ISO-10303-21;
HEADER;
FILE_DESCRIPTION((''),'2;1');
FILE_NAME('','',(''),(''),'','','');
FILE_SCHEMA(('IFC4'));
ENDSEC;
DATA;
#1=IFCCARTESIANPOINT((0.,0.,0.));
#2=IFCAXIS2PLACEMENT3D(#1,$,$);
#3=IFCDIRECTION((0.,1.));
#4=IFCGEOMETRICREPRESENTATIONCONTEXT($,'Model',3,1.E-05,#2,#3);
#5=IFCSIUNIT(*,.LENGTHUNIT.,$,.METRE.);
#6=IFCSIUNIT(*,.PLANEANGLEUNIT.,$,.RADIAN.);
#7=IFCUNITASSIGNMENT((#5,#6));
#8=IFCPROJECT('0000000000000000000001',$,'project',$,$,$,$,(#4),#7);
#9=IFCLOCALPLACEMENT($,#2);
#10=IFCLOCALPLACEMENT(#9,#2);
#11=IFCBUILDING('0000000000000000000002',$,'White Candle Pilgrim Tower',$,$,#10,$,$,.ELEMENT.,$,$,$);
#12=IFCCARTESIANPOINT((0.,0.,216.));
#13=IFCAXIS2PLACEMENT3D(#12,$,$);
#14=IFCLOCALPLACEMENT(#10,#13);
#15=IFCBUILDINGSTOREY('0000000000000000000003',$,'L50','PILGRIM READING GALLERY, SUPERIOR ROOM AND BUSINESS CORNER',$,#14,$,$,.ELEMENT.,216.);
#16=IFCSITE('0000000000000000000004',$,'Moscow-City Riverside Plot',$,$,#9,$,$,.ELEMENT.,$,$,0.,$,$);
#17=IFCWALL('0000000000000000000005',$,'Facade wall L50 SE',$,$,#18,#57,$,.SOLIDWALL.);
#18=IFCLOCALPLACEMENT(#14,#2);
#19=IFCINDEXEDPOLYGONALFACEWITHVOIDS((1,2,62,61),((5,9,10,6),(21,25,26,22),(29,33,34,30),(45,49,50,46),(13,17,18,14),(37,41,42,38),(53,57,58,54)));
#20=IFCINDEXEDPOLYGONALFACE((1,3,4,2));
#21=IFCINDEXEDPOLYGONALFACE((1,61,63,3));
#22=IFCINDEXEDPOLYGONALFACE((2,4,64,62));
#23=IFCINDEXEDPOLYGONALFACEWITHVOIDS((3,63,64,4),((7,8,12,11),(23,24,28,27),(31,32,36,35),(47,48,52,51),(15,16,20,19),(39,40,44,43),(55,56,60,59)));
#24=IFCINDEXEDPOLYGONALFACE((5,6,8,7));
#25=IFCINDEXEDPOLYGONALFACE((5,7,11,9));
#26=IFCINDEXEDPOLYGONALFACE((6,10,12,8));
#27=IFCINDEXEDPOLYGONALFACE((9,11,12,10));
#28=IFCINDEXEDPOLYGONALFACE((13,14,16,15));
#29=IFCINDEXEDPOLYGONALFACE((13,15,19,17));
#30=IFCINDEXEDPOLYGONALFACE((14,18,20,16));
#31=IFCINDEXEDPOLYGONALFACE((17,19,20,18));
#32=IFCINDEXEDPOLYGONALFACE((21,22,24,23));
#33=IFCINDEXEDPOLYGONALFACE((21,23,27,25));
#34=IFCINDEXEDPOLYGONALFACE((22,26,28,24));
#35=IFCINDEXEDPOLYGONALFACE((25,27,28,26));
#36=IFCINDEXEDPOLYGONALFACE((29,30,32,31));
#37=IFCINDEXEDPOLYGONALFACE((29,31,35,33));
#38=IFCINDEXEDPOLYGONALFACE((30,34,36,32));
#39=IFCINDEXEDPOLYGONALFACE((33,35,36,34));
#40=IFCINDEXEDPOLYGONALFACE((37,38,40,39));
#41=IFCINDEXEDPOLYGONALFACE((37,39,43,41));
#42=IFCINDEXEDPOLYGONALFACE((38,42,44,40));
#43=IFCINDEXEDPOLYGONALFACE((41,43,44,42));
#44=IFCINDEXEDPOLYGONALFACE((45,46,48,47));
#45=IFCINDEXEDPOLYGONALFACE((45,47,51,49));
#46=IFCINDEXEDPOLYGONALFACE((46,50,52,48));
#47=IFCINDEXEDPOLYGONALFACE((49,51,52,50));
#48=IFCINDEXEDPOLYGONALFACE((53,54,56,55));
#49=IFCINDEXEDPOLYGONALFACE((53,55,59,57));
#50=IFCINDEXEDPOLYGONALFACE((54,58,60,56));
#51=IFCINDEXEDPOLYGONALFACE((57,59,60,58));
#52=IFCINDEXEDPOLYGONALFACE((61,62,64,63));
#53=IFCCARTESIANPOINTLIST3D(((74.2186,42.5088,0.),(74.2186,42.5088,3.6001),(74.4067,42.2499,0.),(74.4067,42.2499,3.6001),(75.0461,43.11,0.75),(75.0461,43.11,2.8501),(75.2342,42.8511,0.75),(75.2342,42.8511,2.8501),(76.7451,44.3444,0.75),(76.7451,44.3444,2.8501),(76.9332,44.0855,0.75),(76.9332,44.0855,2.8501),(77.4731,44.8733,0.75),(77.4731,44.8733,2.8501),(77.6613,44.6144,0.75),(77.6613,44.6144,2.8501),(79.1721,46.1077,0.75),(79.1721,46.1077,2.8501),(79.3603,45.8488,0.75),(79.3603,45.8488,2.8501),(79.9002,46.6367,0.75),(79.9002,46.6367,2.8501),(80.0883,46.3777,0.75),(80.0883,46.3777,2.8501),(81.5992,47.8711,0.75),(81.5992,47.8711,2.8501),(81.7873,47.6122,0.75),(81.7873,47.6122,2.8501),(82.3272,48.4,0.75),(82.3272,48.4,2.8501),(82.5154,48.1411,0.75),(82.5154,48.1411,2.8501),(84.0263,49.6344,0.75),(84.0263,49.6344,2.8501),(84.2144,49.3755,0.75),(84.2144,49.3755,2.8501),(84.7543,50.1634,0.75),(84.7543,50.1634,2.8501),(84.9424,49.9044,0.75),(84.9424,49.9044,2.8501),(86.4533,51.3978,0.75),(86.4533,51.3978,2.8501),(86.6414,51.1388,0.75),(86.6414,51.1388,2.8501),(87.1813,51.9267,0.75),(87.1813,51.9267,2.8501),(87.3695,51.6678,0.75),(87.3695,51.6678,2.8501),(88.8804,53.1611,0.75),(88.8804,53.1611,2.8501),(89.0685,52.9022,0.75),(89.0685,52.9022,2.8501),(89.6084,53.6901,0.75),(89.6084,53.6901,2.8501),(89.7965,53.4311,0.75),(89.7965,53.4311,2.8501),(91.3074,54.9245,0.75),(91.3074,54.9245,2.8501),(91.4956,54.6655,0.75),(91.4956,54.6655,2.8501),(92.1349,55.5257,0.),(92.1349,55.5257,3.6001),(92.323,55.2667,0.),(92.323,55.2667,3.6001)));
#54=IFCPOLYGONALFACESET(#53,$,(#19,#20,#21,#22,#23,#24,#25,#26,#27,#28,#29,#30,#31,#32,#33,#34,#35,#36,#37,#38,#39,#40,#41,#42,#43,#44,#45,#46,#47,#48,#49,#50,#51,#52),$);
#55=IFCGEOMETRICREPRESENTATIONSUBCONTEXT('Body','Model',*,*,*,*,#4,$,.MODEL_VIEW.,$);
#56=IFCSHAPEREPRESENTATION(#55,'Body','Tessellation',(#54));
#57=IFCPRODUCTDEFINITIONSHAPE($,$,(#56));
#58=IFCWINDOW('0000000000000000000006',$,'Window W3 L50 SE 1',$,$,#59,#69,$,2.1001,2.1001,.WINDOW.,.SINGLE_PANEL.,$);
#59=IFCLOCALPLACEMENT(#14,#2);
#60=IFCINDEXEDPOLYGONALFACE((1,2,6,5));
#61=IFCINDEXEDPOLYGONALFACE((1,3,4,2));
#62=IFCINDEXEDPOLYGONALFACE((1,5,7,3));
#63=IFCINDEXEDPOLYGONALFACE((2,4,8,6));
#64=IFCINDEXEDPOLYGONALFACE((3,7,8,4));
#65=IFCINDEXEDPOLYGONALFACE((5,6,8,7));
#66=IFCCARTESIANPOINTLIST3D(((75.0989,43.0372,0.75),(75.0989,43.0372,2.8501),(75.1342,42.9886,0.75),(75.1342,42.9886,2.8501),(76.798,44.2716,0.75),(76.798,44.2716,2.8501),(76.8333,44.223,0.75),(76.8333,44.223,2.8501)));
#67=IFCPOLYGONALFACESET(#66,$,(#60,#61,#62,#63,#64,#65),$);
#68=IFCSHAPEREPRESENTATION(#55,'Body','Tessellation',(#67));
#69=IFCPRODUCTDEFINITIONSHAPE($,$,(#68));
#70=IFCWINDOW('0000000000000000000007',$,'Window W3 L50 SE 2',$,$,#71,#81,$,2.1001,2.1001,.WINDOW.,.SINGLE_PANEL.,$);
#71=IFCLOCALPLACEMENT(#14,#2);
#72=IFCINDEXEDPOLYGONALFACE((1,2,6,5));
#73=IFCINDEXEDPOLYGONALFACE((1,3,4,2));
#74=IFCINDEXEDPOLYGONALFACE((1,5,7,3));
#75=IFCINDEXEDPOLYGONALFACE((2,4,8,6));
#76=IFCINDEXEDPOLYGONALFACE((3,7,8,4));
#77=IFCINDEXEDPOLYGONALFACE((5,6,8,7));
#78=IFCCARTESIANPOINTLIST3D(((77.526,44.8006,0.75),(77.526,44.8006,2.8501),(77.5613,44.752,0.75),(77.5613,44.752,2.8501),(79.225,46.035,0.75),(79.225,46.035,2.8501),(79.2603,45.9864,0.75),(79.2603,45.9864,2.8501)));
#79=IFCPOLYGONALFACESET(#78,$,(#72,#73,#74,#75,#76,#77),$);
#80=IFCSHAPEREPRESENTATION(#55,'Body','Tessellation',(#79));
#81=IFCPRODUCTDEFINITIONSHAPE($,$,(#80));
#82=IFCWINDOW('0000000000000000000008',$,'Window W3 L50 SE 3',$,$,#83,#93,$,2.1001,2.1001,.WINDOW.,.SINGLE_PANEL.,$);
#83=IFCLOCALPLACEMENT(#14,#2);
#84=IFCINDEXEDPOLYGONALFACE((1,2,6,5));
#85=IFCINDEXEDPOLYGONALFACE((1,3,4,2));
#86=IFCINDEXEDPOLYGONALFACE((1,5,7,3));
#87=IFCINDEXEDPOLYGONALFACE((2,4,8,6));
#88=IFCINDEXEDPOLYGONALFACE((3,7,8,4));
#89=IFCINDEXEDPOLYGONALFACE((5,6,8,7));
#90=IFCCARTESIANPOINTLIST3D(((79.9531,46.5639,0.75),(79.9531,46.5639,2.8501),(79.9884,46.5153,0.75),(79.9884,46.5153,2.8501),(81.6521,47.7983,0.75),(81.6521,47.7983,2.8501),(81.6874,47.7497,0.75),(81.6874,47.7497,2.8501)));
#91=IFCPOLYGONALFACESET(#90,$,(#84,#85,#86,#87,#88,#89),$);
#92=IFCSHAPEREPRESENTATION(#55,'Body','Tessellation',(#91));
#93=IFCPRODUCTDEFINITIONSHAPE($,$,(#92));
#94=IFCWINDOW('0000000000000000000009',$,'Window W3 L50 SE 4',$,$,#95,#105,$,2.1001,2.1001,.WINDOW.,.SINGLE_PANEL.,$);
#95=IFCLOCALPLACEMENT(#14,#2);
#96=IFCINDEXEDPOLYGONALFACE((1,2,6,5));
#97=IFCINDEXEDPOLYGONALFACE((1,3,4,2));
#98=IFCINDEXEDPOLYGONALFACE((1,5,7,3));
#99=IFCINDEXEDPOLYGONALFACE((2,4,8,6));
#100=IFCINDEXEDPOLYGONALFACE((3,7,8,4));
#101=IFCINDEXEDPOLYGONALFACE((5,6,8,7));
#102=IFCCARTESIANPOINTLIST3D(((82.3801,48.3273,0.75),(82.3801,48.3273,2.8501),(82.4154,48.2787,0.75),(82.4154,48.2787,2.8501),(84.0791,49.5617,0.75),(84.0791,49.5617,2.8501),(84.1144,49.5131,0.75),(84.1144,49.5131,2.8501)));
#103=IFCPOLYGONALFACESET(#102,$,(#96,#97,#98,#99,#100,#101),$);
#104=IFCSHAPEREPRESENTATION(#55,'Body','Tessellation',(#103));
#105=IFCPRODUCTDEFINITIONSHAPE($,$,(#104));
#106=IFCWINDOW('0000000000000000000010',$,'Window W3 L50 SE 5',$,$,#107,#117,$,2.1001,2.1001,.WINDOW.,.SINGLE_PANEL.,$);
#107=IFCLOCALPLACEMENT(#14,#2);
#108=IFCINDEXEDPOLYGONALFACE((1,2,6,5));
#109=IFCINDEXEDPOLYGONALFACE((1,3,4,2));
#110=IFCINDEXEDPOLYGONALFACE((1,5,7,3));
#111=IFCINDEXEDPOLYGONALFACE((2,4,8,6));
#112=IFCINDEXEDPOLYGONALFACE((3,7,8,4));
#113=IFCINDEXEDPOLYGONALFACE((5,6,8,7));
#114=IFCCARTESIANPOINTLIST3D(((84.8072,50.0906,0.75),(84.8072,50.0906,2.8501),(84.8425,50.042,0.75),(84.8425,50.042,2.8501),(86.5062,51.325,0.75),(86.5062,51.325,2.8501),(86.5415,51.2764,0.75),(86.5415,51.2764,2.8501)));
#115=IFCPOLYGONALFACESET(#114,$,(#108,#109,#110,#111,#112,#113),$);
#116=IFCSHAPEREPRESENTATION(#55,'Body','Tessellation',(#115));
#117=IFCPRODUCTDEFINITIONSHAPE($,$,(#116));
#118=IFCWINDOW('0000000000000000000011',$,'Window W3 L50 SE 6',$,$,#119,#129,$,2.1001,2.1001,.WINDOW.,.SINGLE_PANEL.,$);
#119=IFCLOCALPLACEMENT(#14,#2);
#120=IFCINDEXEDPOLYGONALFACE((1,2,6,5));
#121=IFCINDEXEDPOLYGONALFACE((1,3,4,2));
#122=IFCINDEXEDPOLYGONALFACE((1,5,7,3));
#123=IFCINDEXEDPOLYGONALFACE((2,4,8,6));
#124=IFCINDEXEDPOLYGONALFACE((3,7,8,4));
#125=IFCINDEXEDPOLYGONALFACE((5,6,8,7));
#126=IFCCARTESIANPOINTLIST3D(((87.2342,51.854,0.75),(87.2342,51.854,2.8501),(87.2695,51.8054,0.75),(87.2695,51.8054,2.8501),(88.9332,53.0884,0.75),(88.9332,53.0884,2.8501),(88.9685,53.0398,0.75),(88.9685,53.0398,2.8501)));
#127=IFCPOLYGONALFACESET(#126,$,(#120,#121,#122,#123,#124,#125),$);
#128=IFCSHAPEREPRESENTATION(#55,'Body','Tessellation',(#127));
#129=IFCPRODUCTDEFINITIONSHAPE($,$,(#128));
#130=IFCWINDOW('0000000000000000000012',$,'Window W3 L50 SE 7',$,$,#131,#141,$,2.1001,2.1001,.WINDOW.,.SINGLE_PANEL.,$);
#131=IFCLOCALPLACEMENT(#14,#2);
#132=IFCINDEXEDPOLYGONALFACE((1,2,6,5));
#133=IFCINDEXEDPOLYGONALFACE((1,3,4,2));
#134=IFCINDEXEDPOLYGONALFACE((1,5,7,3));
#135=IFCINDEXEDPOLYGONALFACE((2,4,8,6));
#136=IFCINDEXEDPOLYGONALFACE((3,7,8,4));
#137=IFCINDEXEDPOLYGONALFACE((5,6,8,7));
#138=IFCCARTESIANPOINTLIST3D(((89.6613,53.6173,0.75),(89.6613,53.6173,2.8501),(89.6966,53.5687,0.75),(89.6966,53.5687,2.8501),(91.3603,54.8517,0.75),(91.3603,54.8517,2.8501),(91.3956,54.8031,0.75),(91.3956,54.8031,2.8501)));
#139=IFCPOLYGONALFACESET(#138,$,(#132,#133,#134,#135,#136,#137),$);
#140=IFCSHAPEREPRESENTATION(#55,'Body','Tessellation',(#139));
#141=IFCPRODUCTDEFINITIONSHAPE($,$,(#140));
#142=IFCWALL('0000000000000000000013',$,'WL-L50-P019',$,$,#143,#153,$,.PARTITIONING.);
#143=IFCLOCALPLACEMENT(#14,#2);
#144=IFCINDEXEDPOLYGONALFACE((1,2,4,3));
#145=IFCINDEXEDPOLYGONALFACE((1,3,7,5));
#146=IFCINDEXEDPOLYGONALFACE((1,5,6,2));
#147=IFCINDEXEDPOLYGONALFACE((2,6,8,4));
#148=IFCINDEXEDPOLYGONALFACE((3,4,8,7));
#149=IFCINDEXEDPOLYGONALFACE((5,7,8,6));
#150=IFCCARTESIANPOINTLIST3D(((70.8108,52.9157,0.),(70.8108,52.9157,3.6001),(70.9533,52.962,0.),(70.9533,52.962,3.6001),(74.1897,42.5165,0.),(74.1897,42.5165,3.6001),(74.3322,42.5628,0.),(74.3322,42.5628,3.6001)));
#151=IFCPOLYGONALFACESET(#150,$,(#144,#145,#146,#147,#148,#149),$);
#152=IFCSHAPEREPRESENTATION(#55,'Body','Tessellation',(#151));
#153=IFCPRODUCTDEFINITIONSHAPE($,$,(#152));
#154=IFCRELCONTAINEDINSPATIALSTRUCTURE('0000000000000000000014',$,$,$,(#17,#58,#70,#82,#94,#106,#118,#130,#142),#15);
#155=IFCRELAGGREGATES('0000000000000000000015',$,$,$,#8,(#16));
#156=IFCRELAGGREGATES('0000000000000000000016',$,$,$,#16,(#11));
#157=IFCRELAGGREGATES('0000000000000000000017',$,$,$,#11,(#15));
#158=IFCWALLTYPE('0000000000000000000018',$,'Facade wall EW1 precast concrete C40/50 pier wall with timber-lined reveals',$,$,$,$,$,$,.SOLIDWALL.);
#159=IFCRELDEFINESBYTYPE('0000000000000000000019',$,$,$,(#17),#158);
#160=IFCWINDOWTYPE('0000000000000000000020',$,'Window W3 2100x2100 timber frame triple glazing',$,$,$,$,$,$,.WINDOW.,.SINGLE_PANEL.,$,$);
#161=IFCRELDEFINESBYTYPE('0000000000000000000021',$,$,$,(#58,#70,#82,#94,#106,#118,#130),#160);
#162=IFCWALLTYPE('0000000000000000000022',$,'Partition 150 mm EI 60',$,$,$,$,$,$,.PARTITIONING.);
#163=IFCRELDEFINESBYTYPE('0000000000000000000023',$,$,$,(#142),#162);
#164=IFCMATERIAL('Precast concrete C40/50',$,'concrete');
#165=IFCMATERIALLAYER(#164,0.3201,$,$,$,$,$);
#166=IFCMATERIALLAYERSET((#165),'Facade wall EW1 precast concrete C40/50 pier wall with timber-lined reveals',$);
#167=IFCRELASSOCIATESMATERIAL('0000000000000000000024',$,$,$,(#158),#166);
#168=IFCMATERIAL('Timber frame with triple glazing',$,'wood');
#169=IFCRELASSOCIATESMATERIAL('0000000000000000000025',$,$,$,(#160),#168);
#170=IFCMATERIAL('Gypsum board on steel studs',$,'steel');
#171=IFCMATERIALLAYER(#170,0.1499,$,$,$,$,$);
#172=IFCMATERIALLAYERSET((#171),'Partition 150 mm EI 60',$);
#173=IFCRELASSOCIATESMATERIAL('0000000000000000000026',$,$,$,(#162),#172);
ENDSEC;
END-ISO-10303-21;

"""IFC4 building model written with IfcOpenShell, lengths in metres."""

from ifc_helpers import new_model, si_unit, direction, frame, frame_2d, origin, place, context, subcontext, project, spatial, rectangle, extrude, material, layer, layer_set, type_object, element, fill, save


model = new_model("IFC4")

# Units and contexts
model_context = context("Model", 3, precision=1e-05, world=origin(), true_north=direction((0.0, 1.0)))
body_context = subcontext(model_context, "Body", "Model", "MODEL_VIEW")
ifc_project = project(units=[si_unit("LENGTHUNIT", "METRE"), si_unit("PLANEANGLEUNIT", "RADIAN")], contexts=[model_context])

# Site, building, storey
site_placement = place(None, origin())
site = spatial("IfcSite", under=ifc_project, at=site_placement, Name="Moscow-City Riverside Plot", CompositionType="ELEMENT", RefElevation=0.0)
building_placement = place(site_placement, origin())
building = spatial("IfcBuilding", under=site, at=building_placement, Name="White Candle Pilgrim Tower", CompositionType="ELEMENT")
storey_placement = place(building_placement, frame((0.0, 0.0, 216.0)))
storey = spatial("IfcBuildingStorey", under=building, at=storey_placement, Name="L50", Description="PILGRIM READING GALLERY, SUPERIOR ROOM AND BUSINESS CORNER", CompositionType="ELEMENT", Elevation=216.0)

# Shared definitions
ifc_material_1 = material(Name="Gypsum board on steel studs", Category="steel")

# Wall, openings, windows
ifc_material_2 = material(Name="Precast concrete C40/50", Category="concrete")
ifc_layer_1 = layer(ifc_material_2, 0.3201)
ifc_layer_set_1 = layer_set([ifc_layer_1], Name="Facade wall EW1 precast concrete C40/50 pier wall with timber-lined reveals")
wall_type_1 = type_object("IfcWallType", Name="Facade wall EW1 precast concrete C40/50 pier wall with timber-lined reveals", PredefinedType="SOLIDWALL", material=ifc_layer_set_1)
wall_1_placement = place(storey_placement, frame((74.3127, 42.3794, 0.0), z_axis=(0.0, 0.0, 1.0), x_axis=(0.809019, 0.587783, 0.0)))
wall_1 = element("IfcWall", 1, at=wall_1_placement, inside=storey, type_object=wall_type_1, Name="Facade wall L50 SE", PredefinedType="SOLIDWALL", context=body_context, shape_type="SweptSolid", body=[
    extrude(rectangle(XDim=22.1458, YDim=0.3201, at=frame_2d((11.0728, 0.0))), origin(), (0.0, 0.0, 1.0), 3.6001),
])
opening_1_placement = place(wall_1_placement, frame((1.0227, 0.0, 0.75)))
opening_1 = element("IfcOpeningElement", 2, at=opening_1_placement, cuts=wall_1, PredefinedType="OPENING", context=body_context, shape_type="SweptSolid", body=[
    extrude(rectangle(XDim=2.1001, YDim=2.1001, at=frame_2d((1.05, 1.05))), frame((0.0, 0.1699, 0.0), z_axis=(0.0, -1.0, 0.0), x_axis=(1.0, 0.0, 0.0)), (0.0, 0.0, 1.0), 0.3401),
])
opening_2_placement = place(wall_1_placement, frame((4.0227, 0.0, 0.75)))
opening_2 = element("IfcOpeningElement", 3, at=opening_2_placement, cuts=wall_1, PredefinedType="OPENING", context=body_context, shape_type="SweptSolid", body=[
    extrude(rectangle(XDim=2.1001, YDim=2.1001, at=frame_2d((1.05, 1.05))), frame((0.0, 0.1699, 0.0), z_axis=(0.0, -1.0, 0.0), x_axis=(1.0, 0.0, 0.0)), (0.0, 0.0, 1.0), 0.3401),
])
opening_3_placement = place(wall_1_placement, frame((7.0227, 0.0, 0.75)))
opening_3 = element("IfcOpeningElement", 4, at=opening_3_placement, cuts=wall_1, PredefinedType="OPENING", context=body_context, shape_type="SweptSolid", body=[
    extrude(rectangle(XDim=2.1001, YDim=2.1001, at=frame_2d((1.05, 1.05))), frame((0.0, 0.1699, 0.0), z_axis=(0.0, -1.0, 0.0), x_axis=(1.0, 0.0, 0.0)), (0.0, 0.0, 1.0), 0.3401),
])
opening_4_placement = place(wall_1_placement, frame((10.0227, 0.0, 0.75)))
opening_4 = element("IfcOpeningElement", 5, at=opening_4_placement, cuts=wall_1, PredefinedType="OPENING", context=body_context, shape_type="SweptSolid", body=[
    extrude(rectangle(XDim=2.1001, YDim=2.1001, at=frame_2d((1.05, 1.05))), frame((0.0, 0.1699, 0.0), z_axis=(0.0, -1.0, 0.0), x_axis=(1.0, 0.0, 0.0)), (0.0, 0.0, 1.0), 0.3401),
])
opening_5_placement = place(wall_1_placement, frame((13.0227, 0.0, 0.75)))
opening_5 = element("IfcOpeningElement", 6, at=opening_5_placement, cuts=wall_1, PredefinedType="OPENING", context=body_context, shape_type="SweptSolid", body=[
    extrude(rectangle(XDim=2.1001, YDim=2.1001, at=frame_2d((1.05, 1.05))), frame((0.0, 0.1699, 0.0), z_axis=(0.0, -1.0, 0.0), x_axis=(1.0, 0.0, 0.0)), (0.0, 0.0, 1.0), 0.3401),
])
opening_6_placement = place(wall_1_placement, frame((16.0227, 0.0, 0.75)))
opening_6 = element("IfcOpeningElement", 7, at=opening_6_placement, cuts=wall_1, PredefinedType="OPENING", context=body_context, shape_type="SweptSolid", body=[
    extrude(rectangle(XDim=2.1001, YDim=2.1001, at=frame_2d((1.05, 1.05))), frame((0.0, 0.1699, 0.0), z_axis=(0.0, -1.0, 0.0), x_axis=(1.0, 0.0, 0.0)), (0.0, 0.0, 1.0), 0.3401),
])
opening_7_placement = place(wall_1_placement, frame((19.0227, 0.0, 0.75)))
opening_7 = element("IfcOpeningElement", 8, at=opening_7_placement, cuts=wall_1, PredefinedType="OPENING", context=body_context, shape_type="SweptSolid", body=[
    extrude(rectangle(XDim=2.1001, YDim=2.1001, at=frame_2d((1.05, 1.05))), frame((0.0, 0.1699, 0.0), z_axis=(0.0, -1.0, 0.0), x_axis=(1.0, 0.0, 0.0)), (0.0, 0.0, 1.0), 0.3401),
])
ifc_material_3 = material(Name="Timber frame with triple glazing", Category="wood")
window_type = type_object("IfcWindowType", Name="Window W3 2100x2100 timber frame triple glazing", PartitioningType="SINGLE_PANEL", PredefinedType="WINDOW", material=ifc_material_3)
window_1_placement = place(opening_1_placement, origin())
window_1 = element("IfcWindow", 9, at=window_1_placement, inside=storey, type_object=window_type, Name="Window W3 L50 SE 1", OverallHeight=2.1001, OverallWidth=2.1001, PartitioningType="SINGLE_PANEL", PredefinedType="WINDOW", context=body_context, shape_type="SweptSolid", body=[
    extrude(rectangle(XDim=2.1001, YDim=2.1001, at=frame_2d((1.05, 1.05))), frame((0.0, 0.0701, 0.0), z_axis=(0.0, -1.0, 0.0), x_axis=(1.0, 0.0, 0.0)), (0.0, 0.0, 1.0), 0.0601),
])
fill(opening_1, window_1)
window_2_placement = place(opening_2_placement, origin())
window_2 = element("IfcWindow", 10, at=window_2_placement, inside=storey, type_object=window_type, Name="Window W3 L50 SE 2", OverallHeight=2.1001, OverallWidth=2.1001, PartitioningType="SINGLE_PANEL", PredefinedType="WINDOW", context=body_context, shape_type="SweptSolid", body=[
    extrude(rectangle(XDim=2.1001, YDim=2.1001, at=frame_2d((1.05, 1.05))), frame((0.0, 0.0701, 0.0), z_axis=(0.0, -1.0, 0.0), x_axis=(1.0, 0.0, 0.0)), (0.0, 0.0, 1.0), 0.0601),
])
fill(opening_2, window_2)
window_3_placement = place(opening_3_placement, origin())
window_3 = element("IfcWindow", 11, at=window_3_placement, inside=storey, type_object=window_type, Name="Window W3 L50 SE 3", OverallHeight=2.1001, OverallWidth=2.1001, PartitioningType="SINGLE_PANEL", PredefinedType="WINDOW", context=body_context, shape_type="SweptSolid", body=[
    extrude(rectangle(XDim=2.1001, YDim=2.1001, at=frame_2d((1.05, 1.05))), frame((0.0, 0.0701, 0.0), z_axis=(0.0, -1.0, 0.0), x_axis=(1.0, 0.0, 0.0)), (0.0, 0.0, 1.0), 0.0601),
])
fill(opening_3, window_3)
window_4_placement = place(opening_4_placement, origin())
window_4 = element("IfcWindow", 12, at=window_4_placement, inside=storey, type_object=window_type, Name="Window W3 L50 SE 4", OverallHeight=2.1001, OverallWidth=2.1001, PartitioningType="SINGLE_PANEL", PredefinedType="WINDOW", context=body_context, shape_type="SweptSolid", body=[
    extrude(rectangle(XDim=2.1001, YDim=2.1001, at=frame_2d((1.05, 1.05))), frame((0.0, 0.0701, 0.0), z_axis=(0.0, -1.0, 0.0), x_axis=(1.0, 0.0, 0.0)), (0.0, 0.0, 1.0), 0.0601),
])
fill(opening_4, window_4)
window_5_placement = place(opening_5_placement, origin())
window_5 = element("IfcWindow", 13, at=window_5_placement, inside=storey, type_object=window_type, Name="Window W3 L50 SE 5", OverallHeight=2.1001, OverallWidth=2.1001, PartitioningType="SINGLE_PANEL", PredefinedType="WINDOW", context=body_context, shape_type="SweptSolid", body=[
    extrude(rectangle(XDim=2.1001, YDim=2.1001, at=frame_2d((1.05, 1.05))), frame((0.0, 0.0701, 0.0), z_axis=(0.0, -1.0, 0.0), x_axis=(1.0, 0.0, 0.0)), (0.0, 0.0, 1.0), 0.0601),
])
fill(opening_5, window_5)
window_6_placement = place(opening_6_placement, origin())
window_6 = element("IfcWindow", 14, at=window_6_placement, inside=storey, type_object=window_type, Name="Window W3 L50 SE 6", OverallHeight=2.1001, OverallWidth=2.1001, PartitioningType="SINGLE_PANEL", PredefinedType="WINDOW", context=body_context, shape_type="SweptSolid", body=[
    extrude(rectangle(XDim=2.1001, YDim=2.1001, at=frame_2d((1.05, 1.05))), frame((0.0, 0.0701, 0.0), z_axis=(0.0, -1.0, 0.0), x_axis=(1.0, 0.0, 0.0)), (0.0, 0.0, 1.0), 0.0601),
])
fill(opening_6, window_6)
window_7_placement = place(opening_7_placement, origin())
window_7 = element("IfcWindow", 15, at=window_7_placement, inside=storey, type_object=window_type, Name="Window W3 L50 SE 7", OverallHeight=2.1001, OverallWidth=2.1001, PartitioningType="SINGLE_PANEL", PredefinedType="WINDOW", context=body_context, shape_type="SweptSolid", body=[
    extrude(rectangle(XDim=2.1001, YDim=2.1001, at=frame_2d((1.05, 1.05))), frame((0.0, 0.0701, 0.0), z_axis=(0.0, -1.0, 0.0), x_axis=(1.0, 0.0, 0.0)), (0.0, 0.0, 1.0), 0.0601),
])
fill(opening_7, window_7)

# Wall
ifc_layer_2 = layer(ifc_material_1, 0.1499)
ifc_layer_set_2 = layer_set([ifc_layer_2], Name="Partition 150 mm EI 60")
wall_type_2 = type_object("IfcWallType", Name="Partition 150 mm EI 60", PredefinedType="PARTITIONING", material=ifc_layer_set_2)
wall_2_placement = place(storey_placement, frame((74.261, 42.5396, 0.0), z_axis=(0.0, 0.0, 1.0), x_axis=(-0.309018, 0.951056, 0.0)))
element("IfcWall", 16, at=wall_2_placement, inside=storey, type_object=wall_type_2, Name="WL-L50-P019", PredefinedType="PARTITIONING", context=body_context, shape_type="SweptSolid", body=[
    extrude(rectangle(XDim=10.9343, YDim=0.1499, at=frame_2d((5.4673, 0.0))), origin(), (0.0, 0.0, 1.0), 3.6001),
])

save(model, "model.ifc")
